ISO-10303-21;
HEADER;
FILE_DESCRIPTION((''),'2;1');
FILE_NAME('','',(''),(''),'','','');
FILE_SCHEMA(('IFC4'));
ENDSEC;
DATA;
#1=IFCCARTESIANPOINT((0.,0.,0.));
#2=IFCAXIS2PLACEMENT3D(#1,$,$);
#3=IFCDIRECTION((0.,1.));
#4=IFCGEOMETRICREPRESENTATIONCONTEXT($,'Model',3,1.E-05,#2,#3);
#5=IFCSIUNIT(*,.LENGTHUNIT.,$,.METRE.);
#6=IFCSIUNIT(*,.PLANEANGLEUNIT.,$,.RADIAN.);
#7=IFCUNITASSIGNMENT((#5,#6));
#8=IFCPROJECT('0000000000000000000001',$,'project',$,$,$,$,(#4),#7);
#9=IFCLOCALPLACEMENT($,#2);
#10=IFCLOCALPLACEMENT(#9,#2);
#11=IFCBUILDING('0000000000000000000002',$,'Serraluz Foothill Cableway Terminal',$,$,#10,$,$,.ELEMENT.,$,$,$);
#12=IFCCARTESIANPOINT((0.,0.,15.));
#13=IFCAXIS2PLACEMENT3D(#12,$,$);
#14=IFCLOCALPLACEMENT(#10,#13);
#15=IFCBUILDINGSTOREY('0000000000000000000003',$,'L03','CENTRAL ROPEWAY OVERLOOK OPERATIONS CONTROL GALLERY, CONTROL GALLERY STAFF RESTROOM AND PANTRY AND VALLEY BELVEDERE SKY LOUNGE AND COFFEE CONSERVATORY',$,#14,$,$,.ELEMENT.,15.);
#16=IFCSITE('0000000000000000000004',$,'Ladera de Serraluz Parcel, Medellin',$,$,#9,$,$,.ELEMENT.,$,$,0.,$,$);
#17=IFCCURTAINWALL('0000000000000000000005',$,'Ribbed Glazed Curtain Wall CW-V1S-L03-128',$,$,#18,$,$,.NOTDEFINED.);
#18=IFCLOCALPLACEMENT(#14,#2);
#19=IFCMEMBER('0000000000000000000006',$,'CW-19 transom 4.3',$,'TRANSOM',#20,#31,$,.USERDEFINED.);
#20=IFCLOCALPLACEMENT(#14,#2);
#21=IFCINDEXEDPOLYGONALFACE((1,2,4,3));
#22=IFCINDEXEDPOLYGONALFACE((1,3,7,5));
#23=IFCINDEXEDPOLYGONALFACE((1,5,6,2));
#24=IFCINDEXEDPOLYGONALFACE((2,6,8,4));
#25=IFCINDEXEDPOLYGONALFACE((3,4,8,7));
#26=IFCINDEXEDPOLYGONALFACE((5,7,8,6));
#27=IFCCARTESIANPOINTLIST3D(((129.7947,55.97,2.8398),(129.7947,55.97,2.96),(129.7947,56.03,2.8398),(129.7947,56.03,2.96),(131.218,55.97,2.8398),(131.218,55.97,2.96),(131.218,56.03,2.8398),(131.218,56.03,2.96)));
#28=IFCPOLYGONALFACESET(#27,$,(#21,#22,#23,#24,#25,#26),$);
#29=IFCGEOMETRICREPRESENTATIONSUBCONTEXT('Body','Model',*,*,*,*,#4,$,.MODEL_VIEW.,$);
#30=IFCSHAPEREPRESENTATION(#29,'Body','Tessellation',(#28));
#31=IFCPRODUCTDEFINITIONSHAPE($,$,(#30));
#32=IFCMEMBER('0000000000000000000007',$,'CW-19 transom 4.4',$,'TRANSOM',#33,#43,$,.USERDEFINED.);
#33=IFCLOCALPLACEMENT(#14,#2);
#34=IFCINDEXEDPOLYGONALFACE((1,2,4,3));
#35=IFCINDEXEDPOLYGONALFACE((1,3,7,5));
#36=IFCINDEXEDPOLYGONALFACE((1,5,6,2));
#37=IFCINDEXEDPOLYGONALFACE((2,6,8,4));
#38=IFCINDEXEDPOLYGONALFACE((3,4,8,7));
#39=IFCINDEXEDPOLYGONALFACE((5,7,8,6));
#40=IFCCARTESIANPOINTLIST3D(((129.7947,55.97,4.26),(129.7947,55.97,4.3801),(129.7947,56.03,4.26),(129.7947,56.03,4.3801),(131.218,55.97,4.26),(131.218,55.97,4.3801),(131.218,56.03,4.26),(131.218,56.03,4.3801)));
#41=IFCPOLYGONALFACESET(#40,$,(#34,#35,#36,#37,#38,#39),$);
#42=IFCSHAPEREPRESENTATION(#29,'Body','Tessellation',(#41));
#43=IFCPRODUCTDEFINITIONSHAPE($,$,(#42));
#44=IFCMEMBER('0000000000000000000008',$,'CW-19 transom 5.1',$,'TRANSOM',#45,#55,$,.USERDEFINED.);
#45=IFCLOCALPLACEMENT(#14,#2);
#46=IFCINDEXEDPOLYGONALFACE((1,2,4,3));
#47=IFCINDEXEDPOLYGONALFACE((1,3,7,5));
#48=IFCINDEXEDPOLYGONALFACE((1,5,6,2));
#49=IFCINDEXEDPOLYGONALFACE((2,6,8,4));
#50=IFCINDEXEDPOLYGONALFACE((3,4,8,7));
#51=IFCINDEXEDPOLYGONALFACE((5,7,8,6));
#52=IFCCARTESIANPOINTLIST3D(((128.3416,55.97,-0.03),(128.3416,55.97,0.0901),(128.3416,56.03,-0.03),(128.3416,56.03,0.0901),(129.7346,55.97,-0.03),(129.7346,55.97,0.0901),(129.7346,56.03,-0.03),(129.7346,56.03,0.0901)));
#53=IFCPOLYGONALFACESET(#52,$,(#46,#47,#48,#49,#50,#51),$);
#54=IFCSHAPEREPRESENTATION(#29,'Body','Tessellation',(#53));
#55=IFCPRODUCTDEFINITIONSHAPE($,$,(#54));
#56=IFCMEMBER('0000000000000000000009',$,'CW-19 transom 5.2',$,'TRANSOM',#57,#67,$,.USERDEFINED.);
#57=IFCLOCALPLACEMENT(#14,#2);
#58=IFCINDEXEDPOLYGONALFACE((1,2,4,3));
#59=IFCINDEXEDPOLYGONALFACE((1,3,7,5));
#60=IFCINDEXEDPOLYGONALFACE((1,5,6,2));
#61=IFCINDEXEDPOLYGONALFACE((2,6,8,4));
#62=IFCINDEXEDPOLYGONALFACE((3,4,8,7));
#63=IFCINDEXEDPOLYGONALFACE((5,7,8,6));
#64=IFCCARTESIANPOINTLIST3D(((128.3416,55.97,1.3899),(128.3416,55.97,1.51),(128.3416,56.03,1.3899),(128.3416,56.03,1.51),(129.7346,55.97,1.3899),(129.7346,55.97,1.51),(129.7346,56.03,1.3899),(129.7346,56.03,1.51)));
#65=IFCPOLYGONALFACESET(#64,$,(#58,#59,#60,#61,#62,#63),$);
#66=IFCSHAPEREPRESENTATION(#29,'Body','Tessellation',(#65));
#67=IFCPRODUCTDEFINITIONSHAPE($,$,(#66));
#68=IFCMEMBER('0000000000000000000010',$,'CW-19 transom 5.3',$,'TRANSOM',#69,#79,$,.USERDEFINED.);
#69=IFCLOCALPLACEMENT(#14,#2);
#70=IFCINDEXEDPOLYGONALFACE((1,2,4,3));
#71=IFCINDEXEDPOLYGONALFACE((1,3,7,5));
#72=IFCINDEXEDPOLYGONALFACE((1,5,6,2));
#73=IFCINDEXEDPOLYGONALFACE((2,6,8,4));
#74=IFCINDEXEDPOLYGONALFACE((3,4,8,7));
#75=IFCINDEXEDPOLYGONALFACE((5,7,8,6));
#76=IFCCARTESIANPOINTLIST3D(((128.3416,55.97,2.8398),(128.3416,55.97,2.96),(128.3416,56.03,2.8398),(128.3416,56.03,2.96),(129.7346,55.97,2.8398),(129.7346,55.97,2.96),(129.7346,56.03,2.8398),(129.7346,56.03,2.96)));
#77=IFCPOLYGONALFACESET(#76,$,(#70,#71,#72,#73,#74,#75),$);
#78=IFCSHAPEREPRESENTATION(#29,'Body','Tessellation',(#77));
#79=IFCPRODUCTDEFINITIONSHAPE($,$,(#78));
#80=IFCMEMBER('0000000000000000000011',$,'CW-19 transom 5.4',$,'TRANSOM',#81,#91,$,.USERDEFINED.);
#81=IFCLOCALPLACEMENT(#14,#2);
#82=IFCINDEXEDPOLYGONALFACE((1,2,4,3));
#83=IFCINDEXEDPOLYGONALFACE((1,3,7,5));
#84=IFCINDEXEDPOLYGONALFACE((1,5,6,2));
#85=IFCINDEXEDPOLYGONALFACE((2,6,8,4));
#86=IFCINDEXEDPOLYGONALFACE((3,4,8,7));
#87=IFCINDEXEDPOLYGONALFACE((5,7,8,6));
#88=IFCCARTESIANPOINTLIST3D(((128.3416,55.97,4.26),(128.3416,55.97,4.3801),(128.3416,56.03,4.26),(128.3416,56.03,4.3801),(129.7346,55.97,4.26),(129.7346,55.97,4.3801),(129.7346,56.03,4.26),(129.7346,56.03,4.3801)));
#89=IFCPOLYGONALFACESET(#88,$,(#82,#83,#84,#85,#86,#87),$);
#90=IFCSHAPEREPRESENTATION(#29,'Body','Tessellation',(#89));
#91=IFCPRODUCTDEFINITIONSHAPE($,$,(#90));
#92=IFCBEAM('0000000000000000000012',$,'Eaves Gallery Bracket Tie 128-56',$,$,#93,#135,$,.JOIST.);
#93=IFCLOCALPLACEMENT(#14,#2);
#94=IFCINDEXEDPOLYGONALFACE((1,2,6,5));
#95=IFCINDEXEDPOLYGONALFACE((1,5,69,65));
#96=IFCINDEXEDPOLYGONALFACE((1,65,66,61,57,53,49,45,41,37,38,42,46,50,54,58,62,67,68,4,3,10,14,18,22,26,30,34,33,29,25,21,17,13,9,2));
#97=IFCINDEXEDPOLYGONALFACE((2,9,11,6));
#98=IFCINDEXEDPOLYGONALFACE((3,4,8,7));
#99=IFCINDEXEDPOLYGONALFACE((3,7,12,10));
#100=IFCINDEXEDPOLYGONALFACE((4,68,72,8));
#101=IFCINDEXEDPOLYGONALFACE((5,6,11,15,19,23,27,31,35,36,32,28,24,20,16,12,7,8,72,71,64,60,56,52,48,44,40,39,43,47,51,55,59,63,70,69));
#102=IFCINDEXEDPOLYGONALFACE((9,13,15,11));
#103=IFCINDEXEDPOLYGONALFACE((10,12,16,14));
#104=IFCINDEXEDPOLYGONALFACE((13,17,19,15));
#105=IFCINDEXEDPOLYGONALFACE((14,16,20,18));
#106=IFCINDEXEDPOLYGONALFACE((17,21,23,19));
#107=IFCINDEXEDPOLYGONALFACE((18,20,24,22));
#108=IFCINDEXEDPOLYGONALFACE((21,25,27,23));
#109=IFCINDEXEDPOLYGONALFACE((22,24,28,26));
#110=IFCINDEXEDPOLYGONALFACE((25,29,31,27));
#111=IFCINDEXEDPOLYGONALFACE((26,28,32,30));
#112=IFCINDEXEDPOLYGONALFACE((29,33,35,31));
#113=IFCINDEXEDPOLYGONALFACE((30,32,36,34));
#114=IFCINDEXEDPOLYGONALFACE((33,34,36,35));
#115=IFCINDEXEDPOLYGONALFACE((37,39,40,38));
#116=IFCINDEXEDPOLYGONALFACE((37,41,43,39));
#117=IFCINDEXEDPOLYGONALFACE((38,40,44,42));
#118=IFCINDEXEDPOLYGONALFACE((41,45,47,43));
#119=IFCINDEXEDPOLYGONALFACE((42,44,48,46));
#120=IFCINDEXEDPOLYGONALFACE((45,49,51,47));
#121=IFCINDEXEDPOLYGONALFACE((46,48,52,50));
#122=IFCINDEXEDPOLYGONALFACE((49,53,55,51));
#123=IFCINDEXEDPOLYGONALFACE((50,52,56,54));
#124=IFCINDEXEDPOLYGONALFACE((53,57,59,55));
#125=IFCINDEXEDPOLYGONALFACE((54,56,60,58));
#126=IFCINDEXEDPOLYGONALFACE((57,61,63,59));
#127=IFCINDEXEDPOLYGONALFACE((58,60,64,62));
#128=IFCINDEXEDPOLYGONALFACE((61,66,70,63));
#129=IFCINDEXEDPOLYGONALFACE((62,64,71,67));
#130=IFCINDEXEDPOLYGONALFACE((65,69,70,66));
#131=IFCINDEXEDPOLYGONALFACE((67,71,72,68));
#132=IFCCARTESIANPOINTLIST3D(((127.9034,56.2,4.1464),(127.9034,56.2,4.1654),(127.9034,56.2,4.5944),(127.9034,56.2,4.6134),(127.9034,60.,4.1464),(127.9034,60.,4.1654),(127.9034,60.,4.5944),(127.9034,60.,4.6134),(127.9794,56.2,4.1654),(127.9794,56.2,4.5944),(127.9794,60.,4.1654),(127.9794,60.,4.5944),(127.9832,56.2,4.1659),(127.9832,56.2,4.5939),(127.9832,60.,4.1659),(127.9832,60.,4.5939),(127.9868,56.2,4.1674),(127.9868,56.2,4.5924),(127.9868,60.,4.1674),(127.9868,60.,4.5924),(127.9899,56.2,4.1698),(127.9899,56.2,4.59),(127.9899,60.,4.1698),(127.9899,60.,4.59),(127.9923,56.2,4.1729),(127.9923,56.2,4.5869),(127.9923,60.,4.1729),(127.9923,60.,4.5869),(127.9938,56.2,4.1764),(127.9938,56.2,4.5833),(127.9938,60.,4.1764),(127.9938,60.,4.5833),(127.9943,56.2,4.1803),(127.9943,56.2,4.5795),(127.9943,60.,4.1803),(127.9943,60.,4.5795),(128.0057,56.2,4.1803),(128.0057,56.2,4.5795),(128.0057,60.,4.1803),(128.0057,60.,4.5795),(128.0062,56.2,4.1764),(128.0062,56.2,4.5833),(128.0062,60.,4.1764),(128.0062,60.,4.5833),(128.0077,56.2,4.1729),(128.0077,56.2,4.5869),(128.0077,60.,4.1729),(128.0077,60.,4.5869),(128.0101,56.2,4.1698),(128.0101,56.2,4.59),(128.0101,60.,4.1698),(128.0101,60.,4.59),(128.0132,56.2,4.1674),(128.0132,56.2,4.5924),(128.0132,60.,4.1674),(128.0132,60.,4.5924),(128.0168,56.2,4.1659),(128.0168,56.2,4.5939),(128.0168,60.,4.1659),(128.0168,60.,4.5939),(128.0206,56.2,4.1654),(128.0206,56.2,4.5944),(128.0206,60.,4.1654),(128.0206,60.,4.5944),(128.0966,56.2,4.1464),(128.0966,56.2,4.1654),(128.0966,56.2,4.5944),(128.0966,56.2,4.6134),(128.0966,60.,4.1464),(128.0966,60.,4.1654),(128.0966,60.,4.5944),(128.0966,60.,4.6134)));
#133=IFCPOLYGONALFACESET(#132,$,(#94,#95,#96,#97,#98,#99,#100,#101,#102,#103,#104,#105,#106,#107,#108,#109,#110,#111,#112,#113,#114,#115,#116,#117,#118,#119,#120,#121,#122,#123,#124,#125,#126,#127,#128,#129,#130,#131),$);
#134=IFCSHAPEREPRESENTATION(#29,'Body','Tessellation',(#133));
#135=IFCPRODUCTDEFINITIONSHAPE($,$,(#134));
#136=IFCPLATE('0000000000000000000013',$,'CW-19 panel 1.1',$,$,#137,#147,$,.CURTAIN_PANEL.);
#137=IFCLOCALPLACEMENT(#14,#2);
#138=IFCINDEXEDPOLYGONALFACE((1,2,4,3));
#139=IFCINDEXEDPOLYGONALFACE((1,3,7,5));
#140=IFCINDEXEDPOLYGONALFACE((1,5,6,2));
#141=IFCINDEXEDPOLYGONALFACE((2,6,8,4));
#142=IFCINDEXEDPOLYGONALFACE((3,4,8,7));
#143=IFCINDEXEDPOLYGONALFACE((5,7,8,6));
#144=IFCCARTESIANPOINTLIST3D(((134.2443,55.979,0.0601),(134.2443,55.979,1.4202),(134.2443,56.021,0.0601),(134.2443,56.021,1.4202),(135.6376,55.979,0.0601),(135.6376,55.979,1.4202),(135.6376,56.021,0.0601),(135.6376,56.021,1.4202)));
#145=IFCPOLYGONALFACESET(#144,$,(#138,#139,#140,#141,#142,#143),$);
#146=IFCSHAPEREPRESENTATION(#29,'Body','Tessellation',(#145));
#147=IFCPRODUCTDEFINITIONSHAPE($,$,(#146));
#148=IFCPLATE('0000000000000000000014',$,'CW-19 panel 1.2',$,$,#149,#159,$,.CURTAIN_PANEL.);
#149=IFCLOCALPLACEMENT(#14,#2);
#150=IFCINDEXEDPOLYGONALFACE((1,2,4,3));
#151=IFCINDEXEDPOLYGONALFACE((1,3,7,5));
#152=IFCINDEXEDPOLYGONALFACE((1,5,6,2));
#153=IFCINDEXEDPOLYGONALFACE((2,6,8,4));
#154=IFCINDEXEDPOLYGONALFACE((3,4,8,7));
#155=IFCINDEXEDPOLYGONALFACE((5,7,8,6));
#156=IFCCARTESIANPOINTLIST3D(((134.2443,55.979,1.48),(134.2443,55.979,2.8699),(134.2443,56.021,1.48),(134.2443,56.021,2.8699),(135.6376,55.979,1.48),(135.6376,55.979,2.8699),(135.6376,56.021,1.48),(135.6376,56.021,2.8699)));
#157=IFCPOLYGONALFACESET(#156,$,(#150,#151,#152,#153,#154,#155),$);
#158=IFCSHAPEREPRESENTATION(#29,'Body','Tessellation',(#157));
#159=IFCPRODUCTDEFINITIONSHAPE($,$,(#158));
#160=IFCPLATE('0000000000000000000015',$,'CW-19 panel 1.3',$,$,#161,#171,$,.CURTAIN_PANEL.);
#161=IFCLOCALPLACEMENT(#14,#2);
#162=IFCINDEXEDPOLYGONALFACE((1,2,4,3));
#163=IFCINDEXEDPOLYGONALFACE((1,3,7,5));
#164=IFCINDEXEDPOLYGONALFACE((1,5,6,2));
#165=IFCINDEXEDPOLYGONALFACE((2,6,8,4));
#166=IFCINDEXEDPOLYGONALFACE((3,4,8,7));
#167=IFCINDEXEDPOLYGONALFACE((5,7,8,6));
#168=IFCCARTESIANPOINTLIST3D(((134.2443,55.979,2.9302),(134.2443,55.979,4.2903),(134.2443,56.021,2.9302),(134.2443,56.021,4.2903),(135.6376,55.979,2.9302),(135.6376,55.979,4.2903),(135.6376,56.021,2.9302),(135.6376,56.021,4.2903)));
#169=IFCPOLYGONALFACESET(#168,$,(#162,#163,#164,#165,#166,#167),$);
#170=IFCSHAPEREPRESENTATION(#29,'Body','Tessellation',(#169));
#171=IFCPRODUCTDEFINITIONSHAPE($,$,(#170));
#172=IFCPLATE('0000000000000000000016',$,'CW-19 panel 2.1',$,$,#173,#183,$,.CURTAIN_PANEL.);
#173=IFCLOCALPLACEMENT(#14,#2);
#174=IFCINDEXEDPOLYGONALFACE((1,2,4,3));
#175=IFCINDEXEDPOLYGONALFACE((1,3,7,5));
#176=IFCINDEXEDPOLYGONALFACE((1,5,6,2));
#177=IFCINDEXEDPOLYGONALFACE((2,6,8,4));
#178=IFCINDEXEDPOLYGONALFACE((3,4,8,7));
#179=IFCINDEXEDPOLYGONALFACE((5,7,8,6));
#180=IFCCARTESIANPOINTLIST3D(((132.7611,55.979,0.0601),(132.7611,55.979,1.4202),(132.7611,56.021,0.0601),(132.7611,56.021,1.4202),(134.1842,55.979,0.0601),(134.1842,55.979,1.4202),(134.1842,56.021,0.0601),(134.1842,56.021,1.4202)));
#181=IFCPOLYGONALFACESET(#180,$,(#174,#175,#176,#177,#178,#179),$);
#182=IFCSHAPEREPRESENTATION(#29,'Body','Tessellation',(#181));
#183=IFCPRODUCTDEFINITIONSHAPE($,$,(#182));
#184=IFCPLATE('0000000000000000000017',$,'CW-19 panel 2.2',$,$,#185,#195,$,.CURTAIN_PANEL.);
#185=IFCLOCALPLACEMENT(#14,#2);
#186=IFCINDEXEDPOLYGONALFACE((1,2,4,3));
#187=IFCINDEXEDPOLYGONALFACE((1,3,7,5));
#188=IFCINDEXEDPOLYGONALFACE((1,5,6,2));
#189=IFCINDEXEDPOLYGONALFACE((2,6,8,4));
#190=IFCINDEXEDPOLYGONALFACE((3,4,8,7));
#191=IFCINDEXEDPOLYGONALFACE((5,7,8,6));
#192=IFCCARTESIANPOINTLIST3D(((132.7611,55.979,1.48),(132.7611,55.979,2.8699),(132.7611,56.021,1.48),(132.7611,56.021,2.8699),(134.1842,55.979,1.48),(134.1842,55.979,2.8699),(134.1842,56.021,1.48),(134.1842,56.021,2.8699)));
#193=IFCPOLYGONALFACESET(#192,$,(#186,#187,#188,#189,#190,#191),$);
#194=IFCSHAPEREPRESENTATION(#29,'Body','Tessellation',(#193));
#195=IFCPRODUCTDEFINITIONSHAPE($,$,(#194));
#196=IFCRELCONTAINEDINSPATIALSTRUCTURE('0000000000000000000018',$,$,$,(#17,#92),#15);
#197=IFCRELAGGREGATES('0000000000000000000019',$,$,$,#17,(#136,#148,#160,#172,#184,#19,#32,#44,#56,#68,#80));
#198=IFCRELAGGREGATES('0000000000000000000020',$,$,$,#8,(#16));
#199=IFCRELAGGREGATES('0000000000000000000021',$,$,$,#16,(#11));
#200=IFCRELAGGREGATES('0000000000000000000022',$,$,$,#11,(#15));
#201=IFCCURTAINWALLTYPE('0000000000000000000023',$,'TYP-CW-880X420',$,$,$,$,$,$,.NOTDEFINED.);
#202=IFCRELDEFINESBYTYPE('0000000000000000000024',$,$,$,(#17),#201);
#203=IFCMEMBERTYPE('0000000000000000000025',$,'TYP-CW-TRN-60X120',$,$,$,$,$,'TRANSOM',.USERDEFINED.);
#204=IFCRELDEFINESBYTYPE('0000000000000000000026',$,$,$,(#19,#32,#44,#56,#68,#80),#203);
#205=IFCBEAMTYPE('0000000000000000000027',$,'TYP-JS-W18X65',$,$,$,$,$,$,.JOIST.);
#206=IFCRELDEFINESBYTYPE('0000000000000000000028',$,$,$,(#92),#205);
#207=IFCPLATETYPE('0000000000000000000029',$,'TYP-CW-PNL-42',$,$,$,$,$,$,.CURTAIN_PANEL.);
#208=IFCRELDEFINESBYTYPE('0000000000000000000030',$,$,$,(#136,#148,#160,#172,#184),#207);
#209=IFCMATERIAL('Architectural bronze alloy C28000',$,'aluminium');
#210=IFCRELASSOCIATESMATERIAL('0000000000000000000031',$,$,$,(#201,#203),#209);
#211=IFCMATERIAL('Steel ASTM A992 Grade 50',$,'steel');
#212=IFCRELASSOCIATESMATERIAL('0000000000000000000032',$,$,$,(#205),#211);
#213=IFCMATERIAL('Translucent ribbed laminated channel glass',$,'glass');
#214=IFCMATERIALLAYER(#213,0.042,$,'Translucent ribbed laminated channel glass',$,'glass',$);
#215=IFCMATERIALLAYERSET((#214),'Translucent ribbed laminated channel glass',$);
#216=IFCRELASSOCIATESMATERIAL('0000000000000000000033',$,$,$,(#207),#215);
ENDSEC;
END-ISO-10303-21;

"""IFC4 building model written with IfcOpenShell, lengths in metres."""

from ifc_helpers import new_model, si_unit, direction, frame, origin, origin_2d, place, context, subcontext, project, spatial, rectangle, i_section, extrude, material, layer, layer_set, material_profile, profile_set, type_object, element, aggregate, save


model = new_model("IFC4")

# Units and contexts
model_context = context("Model", 3, precision=1e-05, world=origin(), true_north=direction((0.0, 1.0)))
body_context = subcontext(model_context, "Body", "Model", "MODEL_VIEW")
ifc_project = project(units=[si_unit("LENGTHUNIT", "METRE"), si_unit("PLANEANGLEUNIT", "RADIAN")], contexts=[model_context])

# Site, building, storey
site_placement = place(None, origin())
site = spatial("IfcSite", under=ifc_project, at=site_placement, Name="Ladera de Serraluz Parcel, Medellin", CompositionType="ELEMENT", RefElevation=0.0)
building_placement = place(site_placement, origin())
building = spatial("IfcBuilding", under=site, at=building_placement, Name="Serraluz Foothill Cableway Terminal", CompositionType="ELEMENT")
storey_placement = place(building_placement, frame((0.0, 0.0, 15.0)))
storey = spatial("IfcBuildingStorey", under=building, at=storey_placement, Name="L03", Description="CENTRAL ROPEWAY OVERLOOK OPERATIONS CONTROL GALLERY, CONTROL GALLERY STAFF RESTROOM AND PANTRY AND VALLEY BELVEDERE SKY LOUNGE AND COFFEE CONSERVATORY", CompositionType="ELEMENT", Elevation=15.0)

# Curtain wall, members
ifc_material_1 = material(Name="Architectural bronze alloy C28000", Category="aluminium")
curtain_wall_type = type_object("IfcCurtainWallType", Name="TYP-CW-880X420", PredefinedType="NOTDEFINED", material=ifc_material_1)
curtain_wall_placement = place(storey_placement, origin())
curtain_wall = element("IfcCurtainWall", 1, at=curtain_wall_placement, inside=storey, type_object=curtain_wall_type, Name="Ribbed Glazed Curtain Wall CW-V1S-L03-128", PredefinedType="NOTDEFINED")
ifc_material_profile_1 = material_profile(ifc_material_1, rectangle(XDim=0.0601, YDim=0.1201, at=origin_2d()), Name="ALU TRANSOM 60x120")
ifc_profile_set_1 = profile_set([ifc_material_profile_1], Name="Architectural bronze alloy C28000")
member_type_1 = type_object("IfcMemberType", Name="TYP-CW-TRN-60X120", ElementType="TRANSOM", PredefinedType="USERDEFINED", material=ifc_profile_set_1)
member_1_placement = place(storey_placement, frame((131.218, 56.0, 2.8999), z_axis=(-1.0, 0.0, 0.0), x_axis=(0.0, -1.0, 0.0)))
member_1 = element("IfcMember", 2, at=member_1_placement, type_object=member_type_1, Name="CW-19 transom 4.3", ObjectType="TRANSOM", PredefinedType="USERDEFINED", context=body_context, shape_type="SweptSolid", body=[
    extrude(rectangle(XDim=0.0601, YDim=0.1201, at=origin_2d()), origin(), (0.0, 0.0, 1.0), 1.4233),
])
member_2_placement = place(storey_placement, frame((131.218, 56.0, 4.3201), z_axis=(-1.0, 0.0, 0.0), x_axis=(0.0, -1.0, 0.0)))
member_2 = element("IfcMember", 3, at=member_2_placement, type_object=member_type_1, Name="CW-19 transom 4.4", ObjectType="TRANSOM", PredefinedType="USERDEFINED", context=body_context, shape_type="SweptSolid", body=[
    extrude(rectangle(XDim=0.0601, YDim=0.1201, at=origin_2d()), origin(), (0.0, 0.0, 1.0), 1.4233),
])
member_3_placement = place(storey_placement, frame((129.7346, 56.0, 0.03), z_axis=(-1.0, 0.0, 0.0), x_axis=(0.0, -1.0, 0.0)))
member_3 = element("IfcMember", 4, at=member_3_placement, type_object=member_type_1, Name="CW-19 transom 5.1", ObjectType="TRANSOM", PredefinedType="USERDEFINED", context=body_context, shape_type="SweptSolid", body=[
    extrude(rectangle(XDim=0.0601, YDim=0.1201, at=origin_2d()), origin(), (0.0, 0.0, 1.0), 1.3931),
])
member_4_placement = place(storey_placement, frame((129.7346, 56.0, 1.45), z_axis=(-1.0, 0.0, 0.0), x_axis=(0.0, -1.0, 0.0)))
member_4 = element("IfcMember", 5, at=member_4_placement, type_object=member_type_1, Name="CW-19 transom 5.2", ObjectType="TRANSOM", PredefinedType="USERDEFINED", context=body_context, shape_type="SweptSolid", body=[
    extrude(rectangle(XDim=0.0601, YDim=0.1201, at=origin_2d()), origin(), (0.0, 0.0, 1.0), 1.3931),
])
member_5_placement = place(storey_placement, frame((129.7346, 56.0, 2.8999), z_axis=(-1.0, 0.0, 0.0), x_axis=(0.0, -1.0, 0.0)))
member_5 = element("IfcMember", 6, at=member_5_placement, type_object=member_type_1, Name="CW-19 transom 5.3", ObjectType="TRANSOM", PredefinedType="USERDEFINED", context=body_context, shape_type="SweptSolid", body=[
    extrude(rectangle(XDim=0.0601, YDim=0.1201, at=origin_2d()), origin(), (0.0, 0.0, 1.0), 1.3931),
])
member_6_placement = place(storey_placement, frame((129.7346, 56.0, 4.3201), z_axis=(-1.0, 0.0, 0.0), x_axis=(0.0, -1.0, 0.0)))
member_6 = element("IfcMember", 7, at=member_6_placement, type_object=member_type_1, Name="CW-19 transom 5.4", ObjectType="TRANSOM", PredefinedType="USERDEFINED", context=body_context, shape_type="SweptSolid", body=[
    extrude(rectangle(XDim=0.0601, YDim=0.1201, at=origin_2d()), origin(), (0.0, 0.0, 1.0), 1.3931),
])

# Beam
ifc_material_2 = material(Name="Steel ASTM A992 Grade 50", Category="steel")
ifc_material_profile_2 = material_profile(ifc_material_2, i_section(OverallWidth=0.1931, OverallDepth=0.467, WebThickness=0.0115, FlangeThickness=0.019, FilletRadius=0.0149, at=origin_2d()), Name="W18X65")
ifc_profile_set_2 = profile_set([ifc_material_profile_2], Name="Steel ASTM A992 Grade 50")
beam_type = type_object("IfcBeamType", Name="TYP-JS-W18X65", PredefinedType="JOIST", material=ifc_profile_set_2)
beam_placement = place(storey_placement, frame((128.0, 56.2, 4.3799), z_axis=(0.0, 1.0, 0.0), x_axis=(-1.0, 0.0, 0.0)))
element("IfcBeam", 8, at=beam_placement, inside=storey, type_object=beam_type, Name="Eaves Gallery Bracket Tie 128-56", PredefinedType="JOIST", context=body_context, shape_type="SweptSolid", body=[
    extrude(i_section(OverallWidth=0.1931, OverallDepth=0.467, WebThickness=0.0115, FlangeThickness=0.019, FilletRadius=0.0149, at=origin_2d()), origin(), (0.0, 0.0, 1.0), 3.8),
])

# Plates
ifc_material_3 = material(Name="Translucent ribbed laminated channel glass", Category="glass")
ifc_layer = layer(ifc_material_3, 0.042, Name="Translucent ribbed laminated channel glass", Category="glass")
ifc_layer_set = layer_set([ifc_layer], Name="Translucent ribbed laminated channel glass")
plate_type = type_object("IfcPlateType", Name="TYP-CW-PNL-42", PredefinedType="CURTAIN_PANEL", material=ifc_layer_set)
plate_1_placement = place(storey_placement, frame((134.9409, 56.0, 0.0601), z_axis=(0.0, 0.0, 1.0), x_axis=(-1.0, 0.0, 0.0)))
plate_1 = element("IfcPlate", 9, at=plate_1_placement, type_object=plate_type, Name="CW-19 panel 1.1", PredefinedType="CURTAIN_PANEL", context=body_context, shape_type="SweptSolid", body=[
    extrude(rectangle(XDim=1.3933, YDim=0.042, at=origin_2d()), origin(), (0.0, 0.0, 1.0), 1.3601),
])
plate_2_placement = place(storey_placement, frame((134.9409, 56.0, 1.48), z_axis=(0.0, 0.0, 1.0), x_axis=(-1.0, 0.0, 0.0)))
plate_2 = element("IfcPlate", 10, at=plate_2_placement, type_object=plate_type, Name="CW-19 panel 1.2", PredefinedType="CURTAIN_PANEL", context=body_context, shape_type="SweptSolid", body=[
    extrude(rectangle(XDim=1.3933, YDim=0.042, at=origin_2d()), origin(), (0.0, 0.0, 1.0), 1.3899),
])
plate_3_placement = place(storey_placement, frame((134.9409, 56.0, 2.9302), z_axis=(0.0, 0.0, 1.0), x_axis=(-1.0, 0.0, 0.0)))
plate_3 = element("IfcPlate", 11, at=plate_3_placement, type_object=plate_type, Name="CW-19 panel 1.3", PredefinedType="CURTAIN_PANEL", context=body_context, shape_type="SweptSolid", body=[
    extrude(rectangle(XDim=1.3933, YDim=0.042, at=origin_2d()), origin(), (0.0, 0.0, 1.0), 1.3601),
])
plate_4_placement = place(storey_placement, frame((133.4727, 56.0, 0.0601), z_axis=(0.0, 0.0, 1.0), x_axis=(-1.0, 0.0, 0.0)))
plate_4 = element("IfcPlate", 12, at=plate_4_placement, type_object=plate_type, Name="CW-19 panel 2.1", PredefinedType="CURTAIN_PANEL", context=body_context, shape_type="SweptSolid", body=[
    extrude(rectangle(XDim=1.4231, YDim=0.042, at=origin_2d()), origin(), (0.0, 0.0, 1.0), 1.3601),
])
plate_5_placement = place(storey_placement, frame((133.4727, 56.0, 1.48), z_axis=(0.0, 0.0, 1.0), x_axis=(-1.0, 0.0, 0.0)))
plate_5 = element("IfcPlate", 13, at=plate_5_placement, type_object=plate_type, Name="CW-19 panel 2.2", PredefinedType="CURTAIN_PANEL", context=body_context, shape_type="SweptSolid", body=[
    extrude(rectangle(XDim=1.4231, YDim=0.042, at=origin_2d()), origin(), (0.0, 0.0, 1.0), 1.3899),
])
aggregate(curtain_wall, [plate_1, plate_2, plate_3, plate_4, plate_5, member_1, member_2, member_3, member_4, member_5, member_6])

save(model, "model.ifc")
